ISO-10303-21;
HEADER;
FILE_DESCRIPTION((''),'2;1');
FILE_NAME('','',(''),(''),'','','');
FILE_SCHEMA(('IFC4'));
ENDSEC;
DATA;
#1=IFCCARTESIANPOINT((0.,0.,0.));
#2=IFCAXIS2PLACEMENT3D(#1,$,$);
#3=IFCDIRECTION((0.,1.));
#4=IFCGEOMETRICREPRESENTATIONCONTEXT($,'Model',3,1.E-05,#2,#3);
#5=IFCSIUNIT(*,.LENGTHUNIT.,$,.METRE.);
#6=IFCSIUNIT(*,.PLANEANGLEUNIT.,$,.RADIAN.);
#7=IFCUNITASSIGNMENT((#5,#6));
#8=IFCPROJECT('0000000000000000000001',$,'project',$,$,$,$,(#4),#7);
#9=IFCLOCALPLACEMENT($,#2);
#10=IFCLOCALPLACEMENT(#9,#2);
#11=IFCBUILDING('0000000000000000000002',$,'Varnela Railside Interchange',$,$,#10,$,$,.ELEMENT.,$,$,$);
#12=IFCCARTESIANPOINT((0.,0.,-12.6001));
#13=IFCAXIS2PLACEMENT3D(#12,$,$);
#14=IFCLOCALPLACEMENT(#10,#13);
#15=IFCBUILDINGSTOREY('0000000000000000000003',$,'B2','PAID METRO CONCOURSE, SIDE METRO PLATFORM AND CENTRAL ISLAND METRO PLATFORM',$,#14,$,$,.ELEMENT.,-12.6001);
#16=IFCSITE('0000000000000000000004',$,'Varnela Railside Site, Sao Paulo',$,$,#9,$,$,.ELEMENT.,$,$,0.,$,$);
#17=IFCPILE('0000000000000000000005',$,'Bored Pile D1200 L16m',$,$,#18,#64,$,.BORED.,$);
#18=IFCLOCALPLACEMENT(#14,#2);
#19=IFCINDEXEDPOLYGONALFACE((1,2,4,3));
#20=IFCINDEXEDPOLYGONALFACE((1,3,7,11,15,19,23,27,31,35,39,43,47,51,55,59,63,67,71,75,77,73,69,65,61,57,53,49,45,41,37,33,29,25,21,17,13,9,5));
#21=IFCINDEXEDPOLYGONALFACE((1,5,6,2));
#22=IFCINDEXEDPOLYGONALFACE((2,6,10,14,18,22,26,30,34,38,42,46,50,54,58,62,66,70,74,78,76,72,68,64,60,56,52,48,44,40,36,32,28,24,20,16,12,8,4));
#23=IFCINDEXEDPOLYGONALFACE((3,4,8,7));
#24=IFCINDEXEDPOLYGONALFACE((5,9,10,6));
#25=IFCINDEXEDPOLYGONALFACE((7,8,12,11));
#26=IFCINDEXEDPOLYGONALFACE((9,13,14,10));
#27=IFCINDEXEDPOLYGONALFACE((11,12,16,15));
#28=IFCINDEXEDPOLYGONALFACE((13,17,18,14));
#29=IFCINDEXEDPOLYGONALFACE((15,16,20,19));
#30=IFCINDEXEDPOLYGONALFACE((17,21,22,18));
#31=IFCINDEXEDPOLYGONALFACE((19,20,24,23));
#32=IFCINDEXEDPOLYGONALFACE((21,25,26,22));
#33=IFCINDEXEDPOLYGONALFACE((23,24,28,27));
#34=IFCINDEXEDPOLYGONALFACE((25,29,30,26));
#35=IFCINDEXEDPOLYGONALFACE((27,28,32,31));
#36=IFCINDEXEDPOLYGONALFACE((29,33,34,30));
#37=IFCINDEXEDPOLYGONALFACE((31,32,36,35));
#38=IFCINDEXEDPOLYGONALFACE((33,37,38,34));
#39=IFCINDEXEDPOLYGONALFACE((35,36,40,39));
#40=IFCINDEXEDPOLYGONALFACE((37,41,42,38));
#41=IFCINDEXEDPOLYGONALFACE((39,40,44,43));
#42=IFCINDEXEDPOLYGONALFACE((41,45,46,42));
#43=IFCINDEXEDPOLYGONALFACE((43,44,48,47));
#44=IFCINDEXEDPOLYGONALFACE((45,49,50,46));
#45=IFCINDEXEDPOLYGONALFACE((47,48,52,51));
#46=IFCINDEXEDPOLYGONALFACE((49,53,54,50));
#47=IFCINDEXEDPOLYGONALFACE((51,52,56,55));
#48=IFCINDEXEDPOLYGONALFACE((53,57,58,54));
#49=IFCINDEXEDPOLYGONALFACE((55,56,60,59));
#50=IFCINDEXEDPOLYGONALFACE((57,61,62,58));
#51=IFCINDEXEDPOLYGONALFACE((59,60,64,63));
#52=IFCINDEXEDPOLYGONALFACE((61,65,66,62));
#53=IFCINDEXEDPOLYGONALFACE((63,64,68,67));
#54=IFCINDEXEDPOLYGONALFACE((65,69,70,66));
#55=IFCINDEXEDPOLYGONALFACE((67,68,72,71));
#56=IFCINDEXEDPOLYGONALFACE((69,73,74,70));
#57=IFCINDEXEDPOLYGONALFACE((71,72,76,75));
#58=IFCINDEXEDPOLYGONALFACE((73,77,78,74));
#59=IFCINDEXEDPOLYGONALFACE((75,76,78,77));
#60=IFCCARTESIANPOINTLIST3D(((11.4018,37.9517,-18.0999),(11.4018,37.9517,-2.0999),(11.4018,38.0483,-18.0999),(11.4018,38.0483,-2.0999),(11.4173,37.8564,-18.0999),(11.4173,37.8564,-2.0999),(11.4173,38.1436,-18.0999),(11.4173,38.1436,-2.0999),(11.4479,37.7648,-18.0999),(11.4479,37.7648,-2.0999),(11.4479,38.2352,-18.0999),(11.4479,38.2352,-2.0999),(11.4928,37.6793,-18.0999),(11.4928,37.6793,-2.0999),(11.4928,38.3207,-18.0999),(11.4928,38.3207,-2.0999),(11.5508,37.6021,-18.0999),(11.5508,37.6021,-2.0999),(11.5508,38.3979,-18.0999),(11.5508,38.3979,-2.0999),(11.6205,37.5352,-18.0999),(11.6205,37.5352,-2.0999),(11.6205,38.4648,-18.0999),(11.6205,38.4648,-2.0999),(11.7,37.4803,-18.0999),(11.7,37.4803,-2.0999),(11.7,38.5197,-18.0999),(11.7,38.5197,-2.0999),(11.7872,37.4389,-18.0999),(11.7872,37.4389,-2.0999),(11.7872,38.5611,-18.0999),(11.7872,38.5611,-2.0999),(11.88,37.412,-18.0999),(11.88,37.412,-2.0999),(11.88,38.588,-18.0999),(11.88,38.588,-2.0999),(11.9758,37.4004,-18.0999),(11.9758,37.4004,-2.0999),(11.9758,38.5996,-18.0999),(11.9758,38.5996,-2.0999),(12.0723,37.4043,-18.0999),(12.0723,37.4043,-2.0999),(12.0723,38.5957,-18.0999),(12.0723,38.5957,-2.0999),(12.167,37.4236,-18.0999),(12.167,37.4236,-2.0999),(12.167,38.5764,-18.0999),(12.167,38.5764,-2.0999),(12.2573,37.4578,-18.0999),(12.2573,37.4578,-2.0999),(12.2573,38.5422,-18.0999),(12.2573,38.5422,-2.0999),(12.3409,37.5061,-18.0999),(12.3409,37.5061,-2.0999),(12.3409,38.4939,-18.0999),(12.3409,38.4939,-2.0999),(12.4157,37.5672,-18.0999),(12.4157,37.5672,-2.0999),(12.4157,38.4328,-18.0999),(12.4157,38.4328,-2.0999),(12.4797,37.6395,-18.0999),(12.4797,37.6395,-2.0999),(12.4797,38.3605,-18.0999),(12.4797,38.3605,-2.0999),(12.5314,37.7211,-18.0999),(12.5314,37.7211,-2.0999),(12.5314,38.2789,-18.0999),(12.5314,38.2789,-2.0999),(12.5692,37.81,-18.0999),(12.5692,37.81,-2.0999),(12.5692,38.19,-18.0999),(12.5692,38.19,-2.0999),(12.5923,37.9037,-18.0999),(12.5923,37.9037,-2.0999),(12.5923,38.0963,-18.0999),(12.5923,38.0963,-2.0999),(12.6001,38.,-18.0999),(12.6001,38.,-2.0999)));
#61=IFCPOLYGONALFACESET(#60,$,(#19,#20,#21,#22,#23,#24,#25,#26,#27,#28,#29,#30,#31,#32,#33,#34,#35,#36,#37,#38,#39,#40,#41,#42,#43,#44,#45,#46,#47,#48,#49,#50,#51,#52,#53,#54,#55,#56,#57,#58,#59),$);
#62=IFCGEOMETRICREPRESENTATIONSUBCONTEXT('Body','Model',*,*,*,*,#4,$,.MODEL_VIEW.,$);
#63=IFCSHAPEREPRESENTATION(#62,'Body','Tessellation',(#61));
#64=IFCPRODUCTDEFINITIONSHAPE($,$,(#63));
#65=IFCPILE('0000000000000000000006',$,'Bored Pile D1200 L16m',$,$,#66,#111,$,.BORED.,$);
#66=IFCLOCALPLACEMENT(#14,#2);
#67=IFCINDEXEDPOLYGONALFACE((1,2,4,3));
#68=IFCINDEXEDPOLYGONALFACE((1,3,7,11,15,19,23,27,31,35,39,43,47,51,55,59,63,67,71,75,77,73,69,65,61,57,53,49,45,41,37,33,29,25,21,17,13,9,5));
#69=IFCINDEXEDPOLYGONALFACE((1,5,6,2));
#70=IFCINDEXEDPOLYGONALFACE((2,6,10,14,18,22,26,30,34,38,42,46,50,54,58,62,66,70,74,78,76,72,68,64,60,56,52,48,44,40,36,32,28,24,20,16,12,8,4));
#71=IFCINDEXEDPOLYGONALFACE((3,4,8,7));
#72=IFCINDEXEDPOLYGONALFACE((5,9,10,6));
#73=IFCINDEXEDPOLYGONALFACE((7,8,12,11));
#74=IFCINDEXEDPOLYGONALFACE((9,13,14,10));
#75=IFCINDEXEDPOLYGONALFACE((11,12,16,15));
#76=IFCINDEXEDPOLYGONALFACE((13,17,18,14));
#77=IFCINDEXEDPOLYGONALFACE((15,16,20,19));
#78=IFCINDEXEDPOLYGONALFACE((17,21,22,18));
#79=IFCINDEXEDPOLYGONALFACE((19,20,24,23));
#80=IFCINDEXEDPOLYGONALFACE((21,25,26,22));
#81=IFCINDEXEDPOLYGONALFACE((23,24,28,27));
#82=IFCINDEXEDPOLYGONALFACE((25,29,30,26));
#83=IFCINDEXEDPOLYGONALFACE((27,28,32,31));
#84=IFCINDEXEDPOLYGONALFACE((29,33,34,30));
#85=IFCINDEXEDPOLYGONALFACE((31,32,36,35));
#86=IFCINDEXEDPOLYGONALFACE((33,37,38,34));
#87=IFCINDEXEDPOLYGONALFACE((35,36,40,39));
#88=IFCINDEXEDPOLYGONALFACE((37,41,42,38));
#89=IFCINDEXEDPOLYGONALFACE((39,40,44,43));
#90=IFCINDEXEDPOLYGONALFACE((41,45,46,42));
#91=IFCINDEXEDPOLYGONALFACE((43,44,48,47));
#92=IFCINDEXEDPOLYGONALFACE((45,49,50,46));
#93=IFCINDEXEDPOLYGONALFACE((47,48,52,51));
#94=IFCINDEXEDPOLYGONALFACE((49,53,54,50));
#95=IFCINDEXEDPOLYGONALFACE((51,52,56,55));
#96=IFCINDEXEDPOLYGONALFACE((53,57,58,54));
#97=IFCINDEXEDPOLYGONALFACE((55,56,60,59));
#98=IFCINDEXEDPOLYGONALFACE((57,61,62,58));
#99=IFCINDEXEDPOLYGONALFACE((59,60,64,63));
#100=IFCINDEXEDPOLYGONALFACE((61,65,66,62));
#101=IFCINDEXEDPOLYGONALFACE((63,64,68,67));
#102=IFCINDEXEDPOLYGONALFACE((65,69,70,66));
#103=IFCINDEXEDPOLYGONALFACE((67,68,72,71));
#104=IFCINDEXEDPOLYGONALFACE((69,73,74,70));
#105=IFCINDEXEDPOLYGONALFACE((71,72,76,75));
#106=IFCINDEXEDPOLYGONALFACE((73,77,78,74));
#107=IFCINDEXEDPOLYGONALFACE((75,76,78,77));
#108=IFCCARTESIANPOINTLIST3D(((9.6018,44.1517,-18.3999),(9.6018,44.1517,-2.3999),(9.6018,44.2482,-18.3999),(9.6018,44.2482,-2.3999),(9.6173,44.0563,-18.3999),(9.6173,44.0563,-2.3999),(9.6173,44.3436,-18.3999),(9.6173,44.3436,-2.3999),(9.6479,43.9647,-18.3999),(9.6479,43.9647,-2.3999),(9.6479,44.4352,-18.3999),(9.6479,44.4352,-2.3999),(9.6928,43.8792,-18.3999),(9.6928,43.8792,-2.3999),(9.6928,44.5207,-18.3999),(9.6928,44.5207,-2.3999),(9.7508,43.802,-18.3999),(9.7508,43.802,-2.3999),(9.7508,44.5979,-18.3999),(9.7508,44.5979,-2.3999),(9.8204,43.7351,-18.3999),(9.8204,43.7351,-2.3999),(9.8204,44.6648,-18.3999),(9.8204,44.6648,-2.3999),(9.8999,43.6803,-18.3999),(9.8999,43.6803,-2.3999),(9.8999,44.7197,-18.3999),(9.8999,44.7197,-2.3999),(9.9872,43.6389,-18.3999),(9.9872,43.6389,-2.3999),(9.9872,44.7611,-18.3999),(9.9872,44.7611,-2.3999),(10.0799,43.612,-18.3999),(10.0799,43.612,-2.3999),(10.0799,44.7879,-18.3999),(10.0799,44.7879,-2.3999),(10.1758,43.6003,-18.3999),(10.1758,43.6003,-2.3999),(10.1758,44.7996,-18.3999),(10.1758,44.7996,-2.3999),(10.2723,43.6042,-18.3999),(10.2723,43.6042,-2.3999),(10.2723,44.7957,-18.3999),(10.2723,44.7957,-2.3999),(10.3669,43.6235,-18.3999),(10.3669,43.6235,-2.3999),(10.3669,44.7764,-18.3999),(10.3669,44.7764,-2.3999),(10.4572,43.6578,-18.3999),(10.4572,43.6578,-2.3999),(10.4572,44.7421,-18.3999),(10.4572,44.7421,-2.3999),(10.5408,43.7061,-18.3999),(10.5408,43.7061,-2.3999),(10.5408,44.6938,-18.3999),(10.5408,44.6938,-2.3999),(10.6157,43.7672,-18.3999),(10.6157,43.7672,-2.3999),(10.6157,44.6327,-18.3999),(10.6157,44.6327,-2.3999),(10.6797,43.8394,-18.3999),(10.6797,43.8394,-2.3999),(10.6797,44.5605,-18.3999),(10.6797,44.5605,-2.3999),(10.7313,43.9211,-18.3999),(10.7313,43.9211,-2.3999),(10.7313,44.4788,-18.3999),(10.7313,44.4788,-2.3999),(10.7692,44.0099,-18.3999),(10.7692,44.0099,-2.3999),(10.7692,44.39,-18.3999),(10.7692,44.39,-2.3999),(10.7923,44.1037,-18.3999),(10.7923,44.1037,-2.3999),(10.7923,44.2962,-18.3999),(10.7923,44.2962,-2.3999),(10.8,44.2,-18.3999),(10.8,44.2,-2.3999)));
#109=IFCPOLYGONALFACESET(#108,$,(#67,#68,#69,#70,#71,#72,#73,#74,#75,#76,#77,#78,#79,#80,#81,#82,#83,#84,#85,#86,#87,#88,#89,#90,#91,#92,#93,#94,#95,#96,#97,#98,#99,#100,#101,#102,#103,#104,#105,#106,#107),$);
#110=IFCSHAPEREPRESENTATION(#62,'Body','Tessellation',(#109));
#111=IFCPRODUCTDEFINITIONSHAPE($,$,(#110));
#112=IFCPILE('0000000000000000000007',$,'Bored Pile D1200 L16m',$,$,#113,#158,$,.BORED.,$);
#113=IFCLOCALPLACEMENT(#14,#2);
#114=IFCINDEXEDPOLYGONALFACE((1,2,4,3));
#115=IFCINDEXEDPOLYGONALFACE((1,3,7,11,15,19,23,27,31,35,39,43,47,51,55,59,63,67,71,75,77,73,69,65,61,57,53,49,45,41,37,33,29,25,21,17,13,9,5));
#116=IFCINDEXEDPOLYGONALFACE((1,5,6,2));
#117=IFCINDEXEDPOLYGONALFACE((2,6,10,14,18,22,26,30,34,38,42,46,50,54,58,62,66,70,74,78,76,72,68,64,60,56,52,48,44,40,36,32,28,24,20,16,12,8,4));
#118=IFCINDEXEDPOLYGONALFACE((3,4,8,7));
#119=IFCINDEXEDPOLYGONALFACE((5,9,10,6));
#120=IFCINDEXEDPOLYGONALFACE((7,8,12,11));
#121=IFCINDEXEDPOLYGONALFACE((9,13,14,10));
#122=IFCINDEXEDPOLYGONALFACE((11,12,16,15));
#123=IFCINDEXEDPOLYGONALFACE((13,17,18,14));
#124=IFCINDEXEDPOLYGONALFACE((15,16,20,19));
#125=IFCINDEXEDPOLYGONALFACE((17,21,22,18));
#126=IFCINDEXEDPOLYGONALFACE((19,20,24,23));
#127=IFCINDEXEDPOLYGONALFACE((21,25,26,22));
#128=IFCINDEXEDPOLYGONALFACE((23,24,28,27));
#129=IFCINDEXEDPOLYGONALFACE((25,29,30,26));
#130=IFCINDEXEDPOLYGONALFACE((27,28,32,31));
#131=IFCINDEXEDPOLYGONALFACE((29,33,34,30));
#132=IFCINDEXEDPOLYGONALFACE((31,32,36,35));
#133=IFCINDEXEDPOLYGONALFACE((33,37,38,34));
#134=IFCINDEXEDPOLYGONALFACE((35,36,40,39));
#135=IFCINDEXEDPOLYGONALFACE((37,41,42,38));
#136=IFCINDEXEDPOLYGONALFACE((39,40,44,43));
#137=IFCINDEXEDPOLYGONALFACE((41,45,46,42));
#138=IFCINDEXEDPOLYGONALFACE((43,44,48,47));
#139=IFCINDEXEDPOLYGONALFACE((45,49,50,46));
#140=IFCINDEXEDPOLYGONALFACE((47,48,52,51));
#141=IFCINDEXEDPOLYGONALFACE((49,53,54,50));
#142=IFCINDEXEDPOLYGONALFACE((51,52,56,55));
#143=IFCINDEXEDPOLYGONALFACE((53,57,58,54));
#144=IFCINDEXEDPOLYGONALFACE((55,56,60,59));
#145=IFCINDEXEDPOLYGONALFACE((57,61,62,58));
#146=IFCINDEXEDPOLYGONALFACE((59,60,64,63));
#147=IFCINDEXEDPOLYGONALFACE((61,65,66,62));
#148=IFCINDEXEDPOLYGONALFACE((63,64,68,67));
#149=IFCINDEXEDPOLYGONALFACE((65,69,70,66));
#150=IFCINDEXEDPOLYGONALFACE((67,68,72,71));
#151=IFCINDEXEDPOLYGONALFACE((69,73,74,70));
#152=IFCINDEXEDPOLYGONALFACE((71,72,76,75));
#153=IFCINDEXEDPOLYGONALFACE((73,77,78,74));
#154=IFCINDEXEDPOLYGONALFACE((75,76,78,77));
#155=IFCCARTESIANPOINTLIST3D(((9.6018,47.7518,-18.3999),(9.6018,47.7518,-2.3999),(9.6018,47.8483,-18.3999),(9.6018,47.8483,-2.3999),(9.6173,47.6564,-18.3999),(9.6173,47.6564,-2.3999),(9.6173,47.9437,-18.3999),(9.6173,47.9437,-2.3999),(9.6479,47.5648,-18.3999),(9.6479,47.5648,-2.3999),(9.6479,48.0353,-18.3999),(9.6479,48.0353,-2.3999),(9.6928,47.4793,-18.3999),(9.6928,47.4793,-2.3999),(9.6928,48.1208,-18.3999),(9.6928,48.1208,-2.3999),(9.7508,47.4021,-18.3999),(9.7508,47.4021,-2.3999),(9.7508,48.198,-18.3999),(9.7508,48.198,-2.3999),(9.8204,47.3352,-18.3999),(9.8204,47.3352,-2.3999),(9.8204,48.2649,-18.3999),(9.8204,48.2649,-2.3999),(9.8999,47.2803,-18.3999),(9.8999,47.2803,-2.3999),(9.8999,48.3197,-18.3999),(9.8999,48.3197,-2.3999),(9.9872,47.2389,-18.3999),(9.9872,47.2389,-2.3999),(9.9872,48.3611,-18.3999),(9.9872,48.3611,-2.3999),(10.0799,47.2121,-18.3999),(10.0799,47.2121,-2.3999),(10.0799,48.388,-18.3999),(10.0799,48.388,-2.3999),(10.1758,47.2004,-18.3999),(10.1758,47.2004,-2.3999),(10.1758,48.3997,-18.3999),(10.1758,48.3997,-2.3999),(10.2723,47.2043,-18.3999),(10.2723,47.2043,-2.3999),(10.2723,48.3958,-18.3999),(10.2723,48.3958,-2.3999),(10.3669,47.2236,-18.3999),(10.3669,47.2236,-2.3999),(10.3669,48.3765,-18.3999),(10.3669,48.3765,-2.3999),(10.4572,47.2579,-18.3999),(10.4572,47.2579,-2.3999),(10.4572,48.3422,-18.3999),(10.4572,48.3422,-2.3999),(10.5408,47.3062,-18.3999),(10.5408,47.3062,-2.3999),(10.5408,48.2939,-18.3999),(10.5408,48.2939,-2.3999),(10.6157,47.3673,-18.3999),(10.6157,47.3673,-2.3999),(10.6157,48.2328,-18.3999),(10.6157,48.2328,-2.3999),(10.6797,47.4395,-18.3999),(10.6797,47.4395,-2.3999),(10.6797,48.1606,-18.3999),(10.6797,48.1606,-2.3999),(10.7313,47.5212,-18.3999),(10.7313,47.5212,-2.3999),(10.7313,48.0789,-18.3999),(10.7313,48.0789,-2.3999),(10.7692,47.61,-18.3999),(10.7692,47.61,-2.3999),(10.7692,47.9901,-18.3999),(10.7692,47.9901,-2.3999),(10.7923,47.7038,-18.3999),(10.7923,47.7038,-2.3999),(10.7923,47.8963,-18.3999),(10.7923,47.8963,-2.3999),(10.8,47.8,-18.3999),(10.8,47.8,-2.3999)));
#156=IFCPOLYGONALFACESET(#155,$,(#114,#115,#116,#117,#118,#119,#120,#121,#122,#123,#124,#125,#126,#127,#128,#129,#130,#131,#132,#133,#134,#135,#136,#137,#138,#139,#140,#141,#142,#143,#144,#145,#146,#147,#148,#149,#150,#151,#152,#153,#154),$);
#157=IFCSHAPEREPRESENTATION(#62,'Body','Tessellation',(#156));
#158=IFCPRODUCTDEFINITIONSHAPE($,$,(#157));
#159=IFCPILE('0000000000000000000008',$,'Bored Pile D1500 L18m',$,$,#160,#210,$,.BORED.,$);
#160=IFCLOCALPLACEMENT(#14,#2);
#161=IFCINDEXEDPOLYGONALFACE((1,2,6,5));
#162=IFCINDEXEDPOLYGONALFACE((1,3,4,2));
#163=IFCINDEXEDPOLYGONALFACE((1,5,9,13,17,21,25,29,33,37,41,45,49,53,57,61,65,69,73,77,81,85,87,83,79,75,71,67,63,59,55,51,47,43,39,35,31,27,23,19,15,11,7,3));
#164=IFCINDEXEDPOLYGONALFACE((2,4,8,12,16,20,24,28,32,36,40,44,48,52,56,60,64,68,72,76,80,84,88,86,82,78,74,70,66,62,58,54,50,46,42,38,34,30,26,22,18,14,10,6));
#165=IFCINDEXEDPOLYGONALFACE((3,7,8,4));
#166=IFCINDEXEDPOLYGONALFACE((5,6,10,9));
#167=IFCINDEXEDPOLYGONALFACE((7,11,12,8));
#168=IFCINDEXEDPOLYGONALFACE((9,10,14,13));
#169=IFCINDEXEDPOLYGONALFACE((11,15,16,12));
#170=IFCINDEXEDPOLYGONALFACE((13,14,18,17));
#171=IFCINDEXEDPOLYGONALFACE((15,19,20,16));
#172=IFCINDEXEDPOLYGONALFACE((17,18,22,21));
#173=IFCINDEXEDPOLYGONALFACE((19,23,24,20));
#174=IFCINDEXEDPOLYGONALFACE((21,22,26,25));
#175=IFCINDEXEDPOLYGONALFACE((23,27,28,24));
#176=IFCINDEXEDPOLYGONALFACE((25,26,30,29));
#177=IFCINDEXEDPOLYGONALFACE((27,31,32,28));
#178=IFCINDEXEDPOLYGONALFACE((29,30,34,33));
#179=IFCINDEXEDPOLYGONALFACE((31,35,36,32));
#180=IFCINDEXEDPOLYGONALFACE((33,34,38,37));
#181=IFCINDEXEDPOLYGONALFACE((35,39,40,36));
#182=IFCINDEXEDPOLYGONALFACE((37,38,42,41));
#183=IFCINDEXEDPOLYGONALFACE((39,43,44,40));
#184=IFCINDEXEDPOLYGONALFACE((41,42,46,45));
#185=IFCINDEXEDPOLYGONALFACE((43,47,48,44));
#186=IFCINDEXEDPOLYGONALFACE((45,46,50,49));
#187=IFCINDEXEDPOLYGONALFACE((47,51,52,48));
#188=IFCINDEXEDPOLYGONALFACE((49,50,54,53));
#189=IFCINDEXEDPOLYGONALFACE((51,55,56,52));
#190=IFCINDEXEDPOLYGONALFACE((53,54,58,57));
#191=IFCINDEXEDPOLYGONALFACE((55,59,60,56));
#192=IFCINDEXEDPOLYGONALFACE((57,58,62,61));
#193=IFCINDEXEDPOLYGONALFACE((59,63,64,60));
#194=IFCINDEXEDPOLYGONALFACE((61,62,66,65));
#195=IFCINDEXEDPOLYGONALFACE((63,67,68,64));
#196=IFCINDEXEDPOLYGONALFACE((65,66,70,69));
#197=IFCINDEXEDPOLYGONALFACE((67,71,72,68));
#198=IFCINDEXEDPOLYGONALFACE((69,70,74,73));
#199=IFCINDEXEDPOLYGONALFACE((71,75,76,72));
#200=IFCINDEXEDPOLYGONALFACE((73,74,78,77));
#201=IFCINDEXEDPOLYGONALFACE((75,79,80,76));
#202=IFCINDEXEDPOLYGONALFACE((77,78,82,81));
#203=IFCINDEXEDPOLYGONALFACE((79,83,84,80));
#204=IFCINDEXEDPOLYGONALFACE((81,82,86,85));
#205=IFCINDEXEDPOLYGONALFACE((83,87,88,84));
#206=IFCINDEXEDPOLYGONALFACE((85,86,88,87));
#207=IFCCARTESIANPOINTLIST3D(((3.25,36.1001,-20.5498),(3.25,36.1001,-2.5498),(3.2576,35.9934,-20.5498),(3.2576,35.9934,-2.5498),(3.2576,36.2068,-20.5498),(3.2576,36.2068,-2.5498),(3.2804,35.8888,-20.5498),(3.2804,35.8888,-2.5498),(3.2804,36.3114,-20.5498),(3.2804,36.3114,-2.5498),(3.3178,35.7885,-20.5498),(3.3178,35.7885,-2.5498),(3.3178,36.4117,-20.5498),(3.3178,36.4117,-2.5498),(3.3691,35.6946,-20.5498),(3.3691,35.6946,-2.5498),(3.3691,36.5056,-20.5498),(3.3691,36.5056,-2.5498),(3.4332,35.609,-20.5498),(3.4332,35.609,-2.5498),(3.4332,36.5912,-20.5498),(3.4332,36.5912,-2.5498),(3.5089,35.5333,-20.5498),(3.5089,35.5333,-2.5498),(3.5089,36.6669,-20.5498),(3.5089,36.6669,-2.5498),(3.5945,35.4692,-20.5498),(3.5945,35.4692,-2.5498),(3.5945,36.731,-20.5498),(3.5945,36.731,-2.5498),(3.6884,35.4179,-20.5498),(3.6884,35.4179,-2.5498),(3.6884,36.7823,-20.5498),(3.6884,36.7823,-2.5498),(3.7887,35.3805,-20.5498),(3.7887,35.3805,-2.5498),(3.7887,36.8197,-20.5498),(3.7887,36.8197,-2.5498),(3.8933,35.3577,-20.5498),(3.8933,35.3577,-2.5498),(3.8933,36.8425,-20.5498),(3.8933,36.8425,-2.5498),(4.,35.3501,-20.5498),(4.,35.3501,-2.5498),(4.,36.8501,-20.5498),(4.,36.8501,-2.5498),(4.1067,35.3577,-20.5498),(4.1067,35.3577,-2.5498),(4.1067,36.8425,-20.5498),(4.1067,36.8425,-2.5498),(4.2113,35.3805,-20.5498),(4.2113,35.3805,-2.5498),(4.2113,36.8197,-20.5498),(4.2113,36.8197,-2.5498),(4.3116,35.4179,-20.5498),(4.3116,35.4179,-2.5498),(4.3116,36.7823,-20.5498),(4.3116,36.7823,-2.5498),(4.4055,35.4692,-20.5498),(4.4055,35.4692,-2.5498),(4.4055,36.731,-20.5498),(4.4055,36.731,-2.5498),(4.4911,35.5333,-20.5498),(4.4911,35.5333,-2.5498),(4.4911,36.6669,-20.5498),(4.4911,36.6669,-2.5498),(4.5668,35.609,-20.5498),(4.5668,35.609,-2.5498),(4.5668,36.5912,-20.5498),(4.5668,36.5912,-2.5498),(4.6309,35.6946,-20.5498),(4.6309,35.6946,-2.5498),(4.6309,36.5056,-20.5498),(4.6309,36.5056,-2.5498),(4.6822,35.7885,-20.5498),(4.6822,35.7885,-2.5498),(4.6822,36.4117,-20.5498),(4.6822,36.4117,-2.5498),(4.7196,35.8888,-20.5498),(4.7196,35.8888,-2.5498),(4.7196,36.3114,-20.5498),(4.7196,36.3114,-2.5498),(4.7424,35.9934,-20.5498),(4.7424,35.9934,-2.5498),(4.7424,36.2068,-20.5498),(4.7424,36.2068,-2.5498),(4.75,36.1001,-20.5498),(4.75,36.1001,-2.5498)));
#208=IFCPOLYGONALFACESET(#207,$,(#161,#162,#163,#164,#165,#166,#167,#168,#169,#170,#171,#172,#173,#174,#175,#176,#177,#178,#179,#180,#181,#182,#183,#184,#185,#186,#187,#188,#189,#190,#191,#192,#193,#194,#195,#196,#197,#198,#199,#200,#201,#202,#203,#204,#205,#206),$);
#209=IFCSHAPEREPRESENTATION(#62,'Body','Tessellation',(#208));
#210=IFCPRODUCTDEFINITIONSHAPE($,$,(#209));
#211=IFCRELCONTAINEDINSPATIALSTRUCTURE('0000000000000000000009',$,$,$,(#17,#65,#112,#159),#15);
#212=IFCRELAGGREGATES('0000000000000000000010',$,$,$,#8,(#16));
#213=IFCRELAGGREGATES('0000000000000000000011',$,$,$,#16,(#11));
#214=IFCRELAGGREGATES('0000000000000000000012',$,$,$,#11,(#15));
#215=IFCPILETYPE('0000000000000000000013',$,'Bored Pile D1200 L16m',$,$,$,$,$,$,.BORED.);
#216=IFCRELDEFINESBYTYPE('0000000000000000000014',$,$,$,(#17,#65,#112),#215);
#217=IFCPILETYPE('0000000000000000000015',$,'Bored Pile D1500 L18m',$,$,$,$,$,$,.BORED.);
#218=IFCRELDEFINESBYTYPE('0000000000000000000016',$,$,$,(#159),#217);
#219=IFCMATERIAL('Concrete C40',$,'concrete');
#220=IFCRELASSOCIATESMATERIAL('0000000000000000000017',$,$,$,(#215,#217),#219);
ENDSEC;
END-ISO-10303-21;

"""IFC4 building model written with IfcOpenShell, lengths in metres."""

from ifc_helpers import new_model, si_unit, direction, frame, origin, origin_2d, place, context, subcontext, project, spatial, circle, extrude, material, material_profile, profile_set, type_object, element, save


model = new_model("IFC4")

# Units and contexts
model_context = context("Model", 3, precision=1e-05, world=origin(), true_north=direction((0.0, 1.0)))
body_context = subcontext(model_context, "Body", "Model", "MODEL_VIEW")
ifc_project = project(units=[si_unit("LENGTHUNIT", "METRE"), si_unit("PLANEANGLEUNIT", "RADIAN")], contexts=[model_context])

# Site, building, storey
site_placement = place(None, origin())
site = spatial("IfcSite", under=ifc_project, at=site_placement, Name="Varnela Railside Site, Sao Paulo", CompositionType="ELEMENT", RefElevation=0.0)
building_placement = place(site_placement, origin())
building = spatial("IfcBuilding", under=site, at=building_placement, Name="Varnela Railside Interchange", CompositionType="ELEMENT")
storey_placement = place(building_placement, frame((0.0, 0.0, -12.6001)))
storey = spatial("IfcBuildingStorey", under=building, at=storey_placement, Name="B2", Description="PAID METRO CONCOURSE, SIDE METRO PLATFORM AND CENTRAL ISLAND METRO PLATFORM", CompositionType="ELEMENT", Elevation=-12.6001)

# Piles
ifc_material_1 = material(Name="Concrete C40", Category="concrete")
ifc_material_profile_1 = material_profile(ifc_material_1, circle(Radius=0.6001, at=origin_2d()), Name="BORED PILE D1200")
ifc_profile_set_1 = profile_set([ifc_material_profile_1], Name="Concrete C40")
pile_type_1 = type_object("IfcPileType", Name="Bored Pile D1200 L16m", PredefinedType="BORED", material=ifc_profile_set_1)
for number, where, z_axis, x_axis, name in (
    (1, (12.0, 38.0, -2.0999), (0.0, 0.0, -1.0), (1.0, 0.0, 0.0), "Bored Pile D1200 L16m"),
    (2, (10.2, 44.2, -2.3999), (0.0, 0.0, -1.0), (1.0, 0.0, 0.0), "Bored Pile D1200 L16m"),
    (3, (10.2, 47.8, -2.3999), (0.0, 0.0, -1.0), (1.0, 0.0, 0.0), "Bored Pile D1200 L16m"),
):
    element("IfcPile", number, at=place(storey_placement, frame(where, z_axis=z_axis, x_axis=x_axis)), inside=storey, type_object=pile_type_1, Name=name, PredefinedType="BORED", context=body_context, shape_type="SweptSolid", body=[
        extrude(circle(Radius=0.6001, at=origin_2d()), origin(), (0.0, 0.0, 1.0), 16.0),
    ])
ifc_material_profile_2 = material_profile(ifc_material_1, circle(Radius=0.75, at=origin_2d()), Name="BORED PILE D1500")
ifc_profile_set_2 = profile_set([ifc_material_profile_2], Name="Concrete C40")
pile_type_2 = type_object("IfcPileType", Name="Bored Pile D1500 L18m", PredefinedType="BORED", material=ifc_profile_set_2)
for number, where, z_axis, x_axis, name in (
    (4, (4.0, 36.1001, -2.5498), (0.0, 0.0, -1.0), (1.0, 0.0, 0.0), "Bored Pile D1500 L18m"),
):
    element("IfcPile", number, at=place(storey_placement, frame(where, z_axis=z_axis, x_axis=x_axis)), inside=storey, type_object=pile_type_2, Name=name, PredefinedType="BORED", context=body_context, shape_type="SweptSolid", body=[
        extrude(circle(Radius=0.75, at=origin_2d()), origin(), (0.0, 0.0, 1.0), 18.0),
    ])

save(model, "model.ifc")
